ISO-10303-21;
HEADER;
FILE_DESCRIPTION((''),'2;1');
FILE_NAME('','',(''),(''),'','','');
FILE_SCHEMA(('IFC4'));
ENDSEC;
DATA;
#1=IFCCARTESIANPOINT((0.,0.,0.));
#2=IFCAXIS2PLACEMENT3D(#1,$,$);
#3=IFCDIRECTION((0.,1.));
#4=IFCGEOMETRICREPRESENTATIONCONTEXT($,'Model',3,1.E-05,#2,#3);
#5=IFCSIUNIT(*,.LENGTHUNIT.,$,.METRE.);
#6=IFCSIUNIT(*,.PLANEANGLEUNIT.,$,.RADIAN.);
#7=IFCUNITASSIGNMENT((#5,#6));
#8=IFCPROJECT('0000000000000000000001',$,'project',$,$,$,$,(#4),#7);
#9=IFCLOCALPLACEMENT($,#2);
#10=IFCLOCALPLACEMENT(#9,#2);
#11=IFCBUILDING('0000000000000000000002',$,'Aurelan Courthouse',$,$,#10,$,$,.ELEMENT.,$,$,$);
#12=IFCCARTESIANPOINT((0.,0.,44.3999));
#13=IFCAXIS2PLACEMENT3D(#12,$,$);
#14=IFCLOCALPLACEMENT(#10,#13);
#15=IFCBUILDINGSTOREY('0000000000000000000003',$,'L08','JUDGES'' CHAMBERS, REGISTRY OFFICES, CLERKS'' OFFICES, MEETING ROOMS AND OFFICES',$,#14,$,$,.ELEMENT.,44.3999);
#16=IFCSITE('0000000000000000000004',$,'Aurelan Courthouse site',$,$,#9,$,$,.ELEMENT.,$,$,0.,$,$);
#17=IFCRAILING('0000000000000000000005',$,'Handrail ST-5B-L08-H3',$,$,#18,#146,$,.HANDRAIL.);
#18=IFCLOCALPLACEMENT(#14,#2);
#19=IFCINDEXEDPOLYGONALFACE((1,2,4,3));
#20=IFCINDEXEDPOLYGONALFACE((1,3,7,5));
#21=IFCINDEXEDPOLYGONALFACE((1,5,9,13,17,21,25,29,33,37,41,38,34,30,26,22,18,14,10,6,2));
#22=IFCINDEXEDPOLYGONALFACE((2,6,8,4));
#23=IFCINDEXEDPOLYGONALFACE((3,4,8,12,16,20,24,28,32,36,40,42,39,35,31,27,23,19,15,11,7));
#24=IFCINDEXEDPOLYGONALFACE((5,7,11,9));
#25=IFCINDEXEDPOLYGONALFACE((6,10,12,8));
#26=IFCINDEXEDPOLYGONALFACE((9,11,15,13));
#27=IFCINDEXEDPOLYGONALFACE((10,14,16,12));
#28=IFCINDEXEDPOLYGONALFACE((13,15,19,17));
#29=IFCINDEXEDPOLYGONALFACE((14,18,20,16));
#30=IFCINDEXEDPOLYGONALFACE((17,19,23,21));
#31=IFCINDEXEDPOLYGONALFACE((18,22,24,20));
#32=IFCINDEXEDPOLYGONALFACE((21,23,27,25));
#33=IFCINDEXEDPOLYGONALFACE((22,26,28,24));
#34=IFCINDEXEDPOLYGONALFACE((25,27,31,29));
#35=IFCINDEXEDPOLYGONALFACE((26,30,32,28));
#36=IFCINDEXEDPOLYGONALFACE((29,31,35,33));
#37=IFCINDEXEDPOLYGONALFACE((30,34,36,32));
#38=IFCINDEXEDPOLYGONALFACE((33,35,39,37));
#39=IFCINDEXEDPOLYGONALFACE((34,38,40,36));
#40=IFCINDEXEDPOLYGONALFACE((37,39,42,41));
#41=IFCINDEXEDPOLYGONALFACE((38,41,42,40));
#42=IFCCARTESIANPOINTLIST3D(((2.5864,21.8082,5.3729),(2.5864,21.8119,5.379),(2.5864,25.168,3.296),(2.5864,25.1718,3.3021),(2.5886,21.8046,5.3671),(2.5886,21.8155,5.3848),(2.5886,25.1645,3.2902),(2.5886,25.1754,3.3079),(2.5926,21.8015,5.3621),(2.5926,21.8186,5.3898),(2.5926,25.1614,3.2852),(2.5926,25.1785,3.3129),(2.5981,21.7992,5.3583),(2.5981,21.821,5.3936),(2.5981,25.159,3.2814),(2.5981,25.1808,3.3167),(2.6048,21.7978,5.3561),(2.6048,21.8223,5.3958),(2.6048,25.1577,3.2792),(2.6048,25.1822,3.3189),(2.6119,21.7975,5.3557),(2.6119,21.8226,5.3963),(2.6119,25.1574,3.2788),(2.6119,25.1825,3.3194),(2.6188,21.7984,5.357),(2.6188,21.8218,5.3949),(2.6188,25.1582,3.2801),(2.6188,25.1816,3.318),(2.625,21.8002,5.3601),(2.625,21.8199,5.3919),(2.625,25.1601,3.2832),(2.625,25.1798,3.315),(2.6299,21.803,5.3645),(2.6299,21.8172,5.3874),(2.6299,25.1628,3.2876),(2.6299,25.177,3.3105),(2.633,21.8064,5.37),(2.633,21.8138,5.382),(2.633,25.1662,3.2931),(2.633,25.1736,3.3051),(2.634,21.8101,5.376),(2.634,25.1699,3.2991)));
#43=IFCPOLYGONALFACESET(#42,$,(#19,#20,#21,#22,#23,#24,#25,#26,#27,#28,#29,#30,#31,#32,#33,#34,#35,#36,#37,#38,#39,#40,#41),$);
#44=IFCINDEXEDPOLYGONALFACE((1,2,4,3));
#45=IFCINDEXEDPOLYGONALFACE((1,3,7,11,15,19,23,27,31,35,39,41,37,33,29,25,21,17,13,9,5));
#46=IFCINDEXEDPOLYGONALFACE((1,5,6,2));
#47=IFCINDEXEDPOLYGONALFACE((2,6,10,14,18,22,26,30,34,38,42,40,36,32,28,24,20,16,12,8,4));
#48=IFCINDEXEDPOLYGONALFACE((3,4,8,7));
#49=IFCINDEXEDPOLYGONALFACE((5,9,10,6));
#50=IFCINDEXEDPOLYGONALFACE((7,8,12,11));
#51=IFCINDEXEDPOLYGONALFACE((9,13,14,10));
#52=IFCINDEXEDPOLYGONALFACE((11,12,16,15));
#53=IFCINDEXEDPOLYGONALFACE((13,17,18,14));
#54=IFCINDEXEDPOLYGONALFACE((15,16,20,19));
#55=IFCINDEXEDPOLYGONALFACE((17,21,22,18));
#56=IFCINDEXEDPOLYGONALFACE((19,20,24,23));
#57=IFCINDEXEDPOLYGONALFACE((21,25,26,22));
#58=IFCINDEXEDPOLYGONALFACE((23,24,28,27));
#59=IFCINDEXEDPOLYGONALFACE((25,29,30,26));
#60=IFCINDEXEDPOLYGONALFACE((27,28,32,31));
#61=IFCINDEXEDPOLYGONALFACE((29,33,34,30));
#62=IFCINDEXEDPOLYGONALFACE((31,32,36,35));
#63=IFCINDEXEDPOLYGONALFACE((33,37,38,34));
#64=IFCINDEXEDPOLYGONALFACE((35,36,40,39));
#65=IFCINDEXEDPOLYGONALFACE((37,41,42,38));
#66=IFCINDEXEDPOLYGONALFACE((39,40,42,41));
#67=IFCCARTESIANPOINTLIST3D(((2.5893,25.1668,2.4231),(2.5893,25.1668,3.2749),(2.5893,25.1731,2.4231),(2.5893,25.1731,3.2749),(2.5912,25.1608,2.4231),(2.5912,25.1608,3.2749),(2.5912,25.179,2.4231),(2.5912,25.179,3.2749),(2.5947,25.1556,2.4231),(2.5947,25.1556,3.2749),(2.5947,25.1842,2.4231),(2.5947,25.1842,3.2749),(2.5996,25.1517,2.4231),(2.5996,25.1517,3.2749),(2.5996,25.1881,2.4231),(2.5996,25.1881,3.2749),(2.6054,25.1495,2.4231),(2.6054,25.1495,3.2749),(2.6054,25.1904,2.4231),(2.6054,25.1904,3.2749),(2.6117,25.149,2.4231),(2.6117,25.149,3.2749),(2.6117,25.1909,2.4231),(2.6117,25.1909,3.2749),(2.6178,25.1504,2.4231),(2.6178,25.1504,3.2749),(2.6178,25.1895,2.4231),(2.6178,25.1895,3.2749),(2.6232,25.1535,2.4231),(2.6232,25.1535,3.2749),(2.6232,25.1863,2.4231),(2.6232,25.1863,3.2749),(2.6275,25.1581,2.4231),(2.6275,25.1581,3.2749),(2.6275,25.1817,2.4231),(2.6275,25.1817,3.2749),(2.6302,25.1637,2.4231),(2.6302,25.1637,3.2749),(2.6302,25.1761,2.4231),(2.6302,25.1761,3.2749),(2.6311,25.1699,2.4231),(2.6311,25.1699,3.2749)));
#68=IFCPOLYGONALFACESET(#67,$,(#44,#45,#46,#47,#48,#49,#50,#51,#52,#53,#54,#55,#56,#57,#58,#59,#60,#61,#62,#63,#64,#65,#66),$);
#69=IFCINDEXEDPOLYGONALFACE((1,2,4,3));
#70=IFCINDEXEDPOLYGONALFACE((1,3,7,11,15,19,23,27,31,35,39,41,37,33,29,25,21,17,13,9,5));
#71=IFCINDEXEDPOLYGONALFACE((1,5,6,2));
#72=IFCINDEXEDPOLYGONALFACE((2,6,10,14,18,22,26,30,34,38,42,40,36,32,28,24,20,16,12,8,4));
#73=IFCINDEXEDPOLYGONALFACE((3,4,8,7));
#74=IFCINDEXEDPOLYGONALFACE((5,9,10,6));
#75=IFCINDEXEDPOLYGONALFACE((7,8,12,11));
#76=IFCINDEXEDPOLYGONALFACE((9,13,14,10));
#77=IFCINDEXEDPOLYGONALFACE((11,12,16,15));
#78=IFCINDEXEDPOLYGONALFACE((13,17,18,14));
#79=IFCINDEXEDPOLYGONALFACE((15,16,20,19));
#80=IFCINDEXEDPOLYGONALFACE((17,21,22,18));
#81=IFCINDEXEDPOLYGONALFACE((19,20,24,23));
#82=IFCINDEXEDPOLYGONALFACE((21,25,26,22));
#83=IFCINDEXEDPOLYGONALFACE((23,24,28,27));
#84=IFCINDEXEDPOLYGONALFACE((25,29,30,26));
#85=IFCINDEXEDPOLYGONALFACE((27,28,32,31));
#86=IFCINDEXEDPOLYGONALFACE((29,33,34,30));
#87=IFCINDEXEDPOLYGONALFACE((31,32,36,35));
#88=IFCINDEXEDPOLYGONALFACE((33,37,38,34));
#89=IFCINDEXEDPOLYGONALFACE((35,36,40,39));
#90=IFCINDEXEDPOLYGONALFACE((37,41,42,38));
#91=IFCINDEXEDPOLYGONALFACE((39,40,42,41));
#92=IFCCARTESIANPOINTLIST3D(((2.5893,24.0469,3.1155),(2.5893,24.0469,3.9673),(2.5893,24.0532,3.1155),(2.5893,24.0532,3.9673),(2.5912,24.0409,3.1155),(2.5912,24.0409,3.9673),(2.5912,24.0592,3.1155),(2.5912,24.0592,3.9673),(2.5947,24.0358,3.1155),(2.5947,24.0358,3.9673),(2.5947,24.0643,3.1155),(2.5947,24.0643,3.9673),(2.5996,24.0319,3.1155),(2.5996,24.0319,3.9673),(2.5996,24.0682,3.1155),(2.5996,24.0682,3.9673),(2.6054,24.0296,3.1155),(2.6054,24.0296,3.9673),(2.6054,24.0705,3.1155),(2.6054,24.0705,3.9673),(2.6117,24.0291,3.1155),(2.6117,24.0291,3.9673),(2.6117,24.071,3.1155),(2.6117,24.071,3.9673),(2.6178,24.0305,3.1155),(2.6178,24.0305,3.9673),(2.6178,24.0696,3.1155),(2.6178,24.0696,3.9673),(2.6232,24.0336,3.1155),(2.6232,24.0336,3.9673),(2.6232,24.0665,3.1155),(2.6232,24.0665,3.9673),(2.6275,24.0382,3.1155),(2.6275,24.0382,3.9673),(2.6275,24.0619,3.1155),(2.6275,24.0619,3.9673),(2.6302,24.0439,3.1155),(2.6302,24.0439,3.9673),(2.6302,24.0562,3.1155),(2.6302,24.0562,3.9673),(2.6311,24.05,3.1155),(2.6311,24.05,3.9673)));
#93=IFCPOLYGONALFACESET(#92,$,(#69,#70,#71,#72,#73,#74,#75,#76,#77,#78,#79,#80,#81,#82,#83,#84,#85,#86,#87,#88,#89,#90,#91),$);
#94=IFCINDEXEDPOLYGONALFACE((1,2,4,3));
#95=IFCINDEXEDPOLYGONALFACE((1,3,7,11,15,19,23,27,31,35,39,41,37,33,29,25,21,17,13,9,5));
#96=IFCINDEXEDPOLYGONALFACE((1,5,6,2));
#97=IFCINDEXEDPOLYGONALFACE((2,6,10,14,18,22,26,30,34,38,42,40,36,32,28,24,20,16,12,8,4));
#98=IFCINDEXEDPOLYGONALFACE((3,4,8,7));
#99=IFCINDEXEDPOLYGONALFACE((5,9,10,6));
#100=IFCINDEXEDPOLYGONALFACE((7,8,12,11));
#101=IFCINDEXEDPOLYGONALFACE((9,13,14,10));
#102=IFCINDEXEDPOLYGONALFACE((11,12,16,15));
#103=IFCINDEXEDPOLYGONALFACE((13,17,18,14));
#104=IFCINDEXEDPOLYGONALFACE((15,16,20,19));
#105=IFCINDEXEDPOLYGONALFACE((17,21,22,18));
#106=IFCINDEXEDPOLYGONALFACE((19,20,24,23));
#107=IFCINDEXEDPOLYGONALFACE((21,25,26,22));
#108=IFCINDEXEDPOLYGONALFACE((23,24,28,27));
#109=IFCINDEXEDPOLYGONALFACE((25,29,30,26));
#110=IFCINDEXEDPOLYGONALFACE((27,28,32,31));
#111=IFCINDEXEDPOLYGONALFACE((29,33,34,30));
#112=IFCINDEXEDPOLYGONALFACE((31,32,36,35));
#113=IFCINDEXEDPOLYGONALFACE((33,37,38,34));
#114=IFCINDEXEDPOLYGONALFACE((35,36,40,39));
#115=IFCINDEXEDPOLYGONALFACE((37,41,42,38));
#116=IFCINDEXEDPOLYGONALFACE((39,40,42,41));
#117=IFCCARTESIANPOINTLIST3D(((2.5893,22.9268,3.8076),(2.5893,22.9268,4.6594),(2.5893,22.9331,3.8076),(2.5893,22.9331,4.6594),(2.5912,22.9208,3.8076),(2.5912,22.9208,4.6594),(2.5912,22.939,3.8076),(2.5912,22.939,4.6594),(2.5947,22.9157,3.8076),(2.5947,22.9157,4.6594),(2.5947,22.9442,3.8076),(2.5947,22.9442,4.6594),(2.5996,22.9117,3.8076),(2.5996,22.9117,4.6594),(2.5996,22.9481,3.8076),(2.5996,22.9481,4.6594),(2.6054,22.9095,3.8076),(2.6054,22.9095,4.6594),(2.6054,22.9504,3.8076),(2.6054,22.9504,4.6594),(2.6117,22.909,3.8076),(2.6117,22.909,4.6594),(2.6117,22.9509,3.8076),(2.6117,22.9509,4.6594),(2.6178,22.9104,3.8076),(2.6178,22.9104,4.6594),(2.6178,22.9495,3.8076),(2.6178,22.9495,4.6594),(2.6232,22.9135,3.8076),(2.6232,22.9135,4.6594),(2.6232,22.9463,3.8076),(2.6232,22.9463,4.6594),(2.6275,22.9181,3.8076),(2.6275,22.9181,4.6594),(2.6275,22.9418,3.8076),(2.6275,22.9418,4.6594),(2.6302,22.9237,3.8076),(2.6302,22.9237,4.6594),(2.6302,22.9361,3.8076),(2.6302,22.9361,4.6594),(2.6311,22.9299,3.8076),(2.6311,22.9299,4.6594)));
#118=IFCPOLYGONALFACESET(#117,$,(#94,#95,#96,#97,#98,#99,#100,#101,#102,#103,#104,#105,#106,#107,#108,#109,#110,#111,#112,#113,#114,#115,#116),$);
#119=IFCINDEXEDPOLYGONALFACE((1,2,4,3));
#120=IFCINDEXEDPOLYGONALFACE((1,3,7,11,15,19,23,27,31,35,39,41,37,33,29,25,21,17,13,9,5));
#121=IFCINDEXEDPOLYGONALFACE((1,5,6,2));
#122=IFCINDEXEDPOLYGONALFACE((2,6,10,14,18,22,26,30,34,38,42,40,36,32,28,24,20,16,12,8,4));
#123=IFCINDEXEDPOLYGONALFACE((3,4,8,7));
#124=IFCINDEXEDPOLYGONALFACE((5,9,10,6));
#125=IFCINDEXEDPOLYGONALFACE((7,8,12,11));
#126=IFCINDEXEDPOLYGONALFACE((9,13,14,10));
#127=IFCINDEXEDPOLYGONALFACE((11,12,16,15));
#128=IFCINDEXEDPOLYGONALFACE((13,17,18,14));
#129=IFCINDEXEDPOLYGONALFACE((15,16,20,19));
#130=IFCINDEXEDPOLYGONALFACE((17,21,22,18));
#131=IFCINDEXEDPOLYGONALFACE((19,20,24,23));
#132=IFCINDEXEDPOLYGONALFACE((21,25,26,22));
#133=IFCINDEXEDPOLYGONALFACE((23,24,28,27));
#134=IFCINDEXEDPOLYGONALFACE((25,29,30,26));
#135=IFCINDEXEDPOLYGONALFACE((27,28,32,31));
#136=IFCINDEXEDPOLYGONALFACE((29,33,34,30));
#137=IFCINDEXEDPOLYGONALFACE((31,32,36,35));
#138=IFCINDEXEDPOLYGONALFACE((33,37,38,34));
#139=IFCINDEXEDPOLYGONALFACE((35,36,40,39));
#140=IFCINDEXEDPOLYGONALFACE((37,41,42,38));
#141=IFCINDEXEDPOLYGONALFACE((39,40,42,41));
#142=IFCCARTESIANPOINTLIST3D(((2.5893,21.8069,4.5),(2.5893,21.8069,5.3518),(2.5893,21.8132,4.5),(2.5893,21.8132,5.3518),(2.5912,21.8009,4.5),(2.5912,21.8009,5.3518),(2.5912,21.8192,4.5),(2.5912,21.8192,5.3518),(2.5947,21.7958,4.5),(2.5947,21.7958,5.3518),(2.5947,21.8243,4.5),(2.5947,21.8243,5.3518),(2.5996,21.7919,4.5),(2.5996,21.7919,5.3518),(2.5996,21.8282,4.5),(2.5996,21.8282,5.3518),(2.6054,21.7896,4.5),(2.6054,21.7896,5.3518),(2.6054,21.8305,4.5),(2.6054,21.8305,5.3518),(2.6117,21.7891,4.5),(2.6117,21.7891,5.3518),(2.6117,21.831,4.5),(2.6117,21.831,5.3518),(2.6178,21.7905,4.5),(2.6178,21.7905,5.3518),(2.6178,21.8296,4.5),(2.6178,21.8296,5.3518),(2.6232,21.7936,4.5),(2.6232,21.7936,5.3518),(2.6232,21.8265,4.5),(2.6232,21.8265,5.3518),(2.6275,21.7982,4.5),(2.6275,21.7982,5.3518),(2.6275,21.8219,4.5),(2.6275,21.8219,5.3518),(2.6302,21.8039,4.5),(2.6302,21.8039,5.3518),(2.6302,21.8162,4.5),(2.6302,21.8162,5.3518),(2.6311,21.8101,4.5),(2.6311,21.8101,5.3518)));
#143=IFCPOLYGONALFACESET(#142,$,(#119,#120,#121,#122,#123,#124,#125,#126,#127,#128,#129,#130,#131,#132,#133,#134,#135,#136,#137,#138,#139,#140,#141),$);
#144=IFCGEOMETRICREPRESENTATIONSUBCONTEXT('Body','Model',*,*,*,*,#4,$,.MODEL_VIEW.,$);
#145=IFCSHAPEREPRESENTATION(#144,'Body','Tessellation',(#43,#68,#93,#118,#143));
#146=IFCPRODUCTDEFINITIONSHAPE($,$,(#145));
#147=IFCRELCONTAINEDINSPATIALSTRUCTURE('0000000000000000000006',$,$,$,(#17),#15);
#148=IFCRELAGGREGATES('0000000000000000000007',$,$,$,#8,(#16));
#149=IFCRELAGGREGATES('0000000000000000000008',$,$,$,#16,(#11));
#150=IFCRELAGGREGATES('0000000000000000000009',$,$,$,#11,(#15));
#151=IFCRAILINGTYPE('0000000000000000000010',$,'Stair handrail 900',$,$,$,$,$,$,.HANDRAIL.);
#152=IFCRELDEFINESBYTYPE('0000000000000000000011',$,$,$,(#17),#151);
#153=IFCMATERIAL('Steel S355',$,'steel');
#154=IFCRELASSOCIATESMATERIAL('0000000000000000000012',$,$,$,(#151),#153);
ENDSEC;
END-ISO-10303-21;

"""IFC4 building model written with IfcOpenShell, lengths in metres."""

from ifc_helpers import new_model, si_unit, direction, frame, origin, origin_2d, place, context, subcontext, project, spatial, circle, extrude, material, type_object, element, save


model = new_model("IFC4")

# Units and contexts
model_context = context("Model", 3, precision=1e-05, world=origin(), true_north=direction((0.0, 1.0)))
body_context = subcontext(model_context, "Body", "Model", "MODEL_VIEW")
ifc_project = project(units=[si_unit("LENGTHUNIT", "METRE"), si_unit("PLANEANGLEUNIT", "RADIAN")], contexts=[model_context])

# Site, building, storey
site_placement = place(None, origin())
site = spatial("IfcSite", under=ifc_project, at=site_placement, Name="Aurelan Courthouse site", CompositionType="ELEMENT", RefElevation=0.0)
building_placement = place(site_placement, origin())
building = spatial("IfcBuilding", under=site, at=building_placement, Name="Aurelan Courthouse", CompositionType="ELEMENT")
storey_placement = place(building_placement, frame((0.0, 0.0, 44.3999)))
storey = spatial("IfcBuildingStorey", under=building, at=storey_placement, Name="L08", Description="JUDGES' CHAMBERS, REGISTRY OFFICES, CLERKS' OFFICES, MEETING ROOMS AND OFFICES", CompositionType="ELEMENT", Elevation=44.3999)

# Railing
ifc_material_1 = material(Name="Steel S355", Category="steel")
railing_type_1 = type_object("IfcRailingType", Name="Stair handrail 900", PredefinedType="HANDRAIL", material=ifc_material_1)
for number, where, name in (
    (1, (2.6101, 25.1699, 2.4231), "Handrail ST-5B-L08-H3"),
):
    element("IfcRailing", number, at=place(storey_placement, frame(where)), inside=storey, type_object=railing_type_1, Name=name, PredefinedType="HANDRAIL", context=body_context, shape_type="SweptSolid", body=[
        extrude(circle(Radius=0.0239, at=origin_2d()), frame((0.0, 0.0, 0.876), z_axis=(0.0, -0.850606, 0.525803), x_axis=(1.0, 0.0, 0.0)), (0.0, 0.0, 1.0), 3.95),
        extrude(circle(Radius=0.021, at=origin_2d()), origin(), (0.0, 0.0, 1.0), 0.8518),
        extrude(circle(Radius=0.021, at=origin_2d()), frame((0.0, -1.1199, 0.6924)), (0.0, 0.0, 1.0), 0.8518),
        extrude(circle(Radius=0.021, at=origin_2d()), frame((0.0, -2.24, 1.3845)), (0.0, 0.0, 1.0), 0.8518),
        extrude(circle(Radius=0.021, at=origin_2d()), frame((0.0, -3.3599, 2.0769)), (0.0, 0.0, 1.0), 0.8518),
    ])

save(model, "model.ifc")
